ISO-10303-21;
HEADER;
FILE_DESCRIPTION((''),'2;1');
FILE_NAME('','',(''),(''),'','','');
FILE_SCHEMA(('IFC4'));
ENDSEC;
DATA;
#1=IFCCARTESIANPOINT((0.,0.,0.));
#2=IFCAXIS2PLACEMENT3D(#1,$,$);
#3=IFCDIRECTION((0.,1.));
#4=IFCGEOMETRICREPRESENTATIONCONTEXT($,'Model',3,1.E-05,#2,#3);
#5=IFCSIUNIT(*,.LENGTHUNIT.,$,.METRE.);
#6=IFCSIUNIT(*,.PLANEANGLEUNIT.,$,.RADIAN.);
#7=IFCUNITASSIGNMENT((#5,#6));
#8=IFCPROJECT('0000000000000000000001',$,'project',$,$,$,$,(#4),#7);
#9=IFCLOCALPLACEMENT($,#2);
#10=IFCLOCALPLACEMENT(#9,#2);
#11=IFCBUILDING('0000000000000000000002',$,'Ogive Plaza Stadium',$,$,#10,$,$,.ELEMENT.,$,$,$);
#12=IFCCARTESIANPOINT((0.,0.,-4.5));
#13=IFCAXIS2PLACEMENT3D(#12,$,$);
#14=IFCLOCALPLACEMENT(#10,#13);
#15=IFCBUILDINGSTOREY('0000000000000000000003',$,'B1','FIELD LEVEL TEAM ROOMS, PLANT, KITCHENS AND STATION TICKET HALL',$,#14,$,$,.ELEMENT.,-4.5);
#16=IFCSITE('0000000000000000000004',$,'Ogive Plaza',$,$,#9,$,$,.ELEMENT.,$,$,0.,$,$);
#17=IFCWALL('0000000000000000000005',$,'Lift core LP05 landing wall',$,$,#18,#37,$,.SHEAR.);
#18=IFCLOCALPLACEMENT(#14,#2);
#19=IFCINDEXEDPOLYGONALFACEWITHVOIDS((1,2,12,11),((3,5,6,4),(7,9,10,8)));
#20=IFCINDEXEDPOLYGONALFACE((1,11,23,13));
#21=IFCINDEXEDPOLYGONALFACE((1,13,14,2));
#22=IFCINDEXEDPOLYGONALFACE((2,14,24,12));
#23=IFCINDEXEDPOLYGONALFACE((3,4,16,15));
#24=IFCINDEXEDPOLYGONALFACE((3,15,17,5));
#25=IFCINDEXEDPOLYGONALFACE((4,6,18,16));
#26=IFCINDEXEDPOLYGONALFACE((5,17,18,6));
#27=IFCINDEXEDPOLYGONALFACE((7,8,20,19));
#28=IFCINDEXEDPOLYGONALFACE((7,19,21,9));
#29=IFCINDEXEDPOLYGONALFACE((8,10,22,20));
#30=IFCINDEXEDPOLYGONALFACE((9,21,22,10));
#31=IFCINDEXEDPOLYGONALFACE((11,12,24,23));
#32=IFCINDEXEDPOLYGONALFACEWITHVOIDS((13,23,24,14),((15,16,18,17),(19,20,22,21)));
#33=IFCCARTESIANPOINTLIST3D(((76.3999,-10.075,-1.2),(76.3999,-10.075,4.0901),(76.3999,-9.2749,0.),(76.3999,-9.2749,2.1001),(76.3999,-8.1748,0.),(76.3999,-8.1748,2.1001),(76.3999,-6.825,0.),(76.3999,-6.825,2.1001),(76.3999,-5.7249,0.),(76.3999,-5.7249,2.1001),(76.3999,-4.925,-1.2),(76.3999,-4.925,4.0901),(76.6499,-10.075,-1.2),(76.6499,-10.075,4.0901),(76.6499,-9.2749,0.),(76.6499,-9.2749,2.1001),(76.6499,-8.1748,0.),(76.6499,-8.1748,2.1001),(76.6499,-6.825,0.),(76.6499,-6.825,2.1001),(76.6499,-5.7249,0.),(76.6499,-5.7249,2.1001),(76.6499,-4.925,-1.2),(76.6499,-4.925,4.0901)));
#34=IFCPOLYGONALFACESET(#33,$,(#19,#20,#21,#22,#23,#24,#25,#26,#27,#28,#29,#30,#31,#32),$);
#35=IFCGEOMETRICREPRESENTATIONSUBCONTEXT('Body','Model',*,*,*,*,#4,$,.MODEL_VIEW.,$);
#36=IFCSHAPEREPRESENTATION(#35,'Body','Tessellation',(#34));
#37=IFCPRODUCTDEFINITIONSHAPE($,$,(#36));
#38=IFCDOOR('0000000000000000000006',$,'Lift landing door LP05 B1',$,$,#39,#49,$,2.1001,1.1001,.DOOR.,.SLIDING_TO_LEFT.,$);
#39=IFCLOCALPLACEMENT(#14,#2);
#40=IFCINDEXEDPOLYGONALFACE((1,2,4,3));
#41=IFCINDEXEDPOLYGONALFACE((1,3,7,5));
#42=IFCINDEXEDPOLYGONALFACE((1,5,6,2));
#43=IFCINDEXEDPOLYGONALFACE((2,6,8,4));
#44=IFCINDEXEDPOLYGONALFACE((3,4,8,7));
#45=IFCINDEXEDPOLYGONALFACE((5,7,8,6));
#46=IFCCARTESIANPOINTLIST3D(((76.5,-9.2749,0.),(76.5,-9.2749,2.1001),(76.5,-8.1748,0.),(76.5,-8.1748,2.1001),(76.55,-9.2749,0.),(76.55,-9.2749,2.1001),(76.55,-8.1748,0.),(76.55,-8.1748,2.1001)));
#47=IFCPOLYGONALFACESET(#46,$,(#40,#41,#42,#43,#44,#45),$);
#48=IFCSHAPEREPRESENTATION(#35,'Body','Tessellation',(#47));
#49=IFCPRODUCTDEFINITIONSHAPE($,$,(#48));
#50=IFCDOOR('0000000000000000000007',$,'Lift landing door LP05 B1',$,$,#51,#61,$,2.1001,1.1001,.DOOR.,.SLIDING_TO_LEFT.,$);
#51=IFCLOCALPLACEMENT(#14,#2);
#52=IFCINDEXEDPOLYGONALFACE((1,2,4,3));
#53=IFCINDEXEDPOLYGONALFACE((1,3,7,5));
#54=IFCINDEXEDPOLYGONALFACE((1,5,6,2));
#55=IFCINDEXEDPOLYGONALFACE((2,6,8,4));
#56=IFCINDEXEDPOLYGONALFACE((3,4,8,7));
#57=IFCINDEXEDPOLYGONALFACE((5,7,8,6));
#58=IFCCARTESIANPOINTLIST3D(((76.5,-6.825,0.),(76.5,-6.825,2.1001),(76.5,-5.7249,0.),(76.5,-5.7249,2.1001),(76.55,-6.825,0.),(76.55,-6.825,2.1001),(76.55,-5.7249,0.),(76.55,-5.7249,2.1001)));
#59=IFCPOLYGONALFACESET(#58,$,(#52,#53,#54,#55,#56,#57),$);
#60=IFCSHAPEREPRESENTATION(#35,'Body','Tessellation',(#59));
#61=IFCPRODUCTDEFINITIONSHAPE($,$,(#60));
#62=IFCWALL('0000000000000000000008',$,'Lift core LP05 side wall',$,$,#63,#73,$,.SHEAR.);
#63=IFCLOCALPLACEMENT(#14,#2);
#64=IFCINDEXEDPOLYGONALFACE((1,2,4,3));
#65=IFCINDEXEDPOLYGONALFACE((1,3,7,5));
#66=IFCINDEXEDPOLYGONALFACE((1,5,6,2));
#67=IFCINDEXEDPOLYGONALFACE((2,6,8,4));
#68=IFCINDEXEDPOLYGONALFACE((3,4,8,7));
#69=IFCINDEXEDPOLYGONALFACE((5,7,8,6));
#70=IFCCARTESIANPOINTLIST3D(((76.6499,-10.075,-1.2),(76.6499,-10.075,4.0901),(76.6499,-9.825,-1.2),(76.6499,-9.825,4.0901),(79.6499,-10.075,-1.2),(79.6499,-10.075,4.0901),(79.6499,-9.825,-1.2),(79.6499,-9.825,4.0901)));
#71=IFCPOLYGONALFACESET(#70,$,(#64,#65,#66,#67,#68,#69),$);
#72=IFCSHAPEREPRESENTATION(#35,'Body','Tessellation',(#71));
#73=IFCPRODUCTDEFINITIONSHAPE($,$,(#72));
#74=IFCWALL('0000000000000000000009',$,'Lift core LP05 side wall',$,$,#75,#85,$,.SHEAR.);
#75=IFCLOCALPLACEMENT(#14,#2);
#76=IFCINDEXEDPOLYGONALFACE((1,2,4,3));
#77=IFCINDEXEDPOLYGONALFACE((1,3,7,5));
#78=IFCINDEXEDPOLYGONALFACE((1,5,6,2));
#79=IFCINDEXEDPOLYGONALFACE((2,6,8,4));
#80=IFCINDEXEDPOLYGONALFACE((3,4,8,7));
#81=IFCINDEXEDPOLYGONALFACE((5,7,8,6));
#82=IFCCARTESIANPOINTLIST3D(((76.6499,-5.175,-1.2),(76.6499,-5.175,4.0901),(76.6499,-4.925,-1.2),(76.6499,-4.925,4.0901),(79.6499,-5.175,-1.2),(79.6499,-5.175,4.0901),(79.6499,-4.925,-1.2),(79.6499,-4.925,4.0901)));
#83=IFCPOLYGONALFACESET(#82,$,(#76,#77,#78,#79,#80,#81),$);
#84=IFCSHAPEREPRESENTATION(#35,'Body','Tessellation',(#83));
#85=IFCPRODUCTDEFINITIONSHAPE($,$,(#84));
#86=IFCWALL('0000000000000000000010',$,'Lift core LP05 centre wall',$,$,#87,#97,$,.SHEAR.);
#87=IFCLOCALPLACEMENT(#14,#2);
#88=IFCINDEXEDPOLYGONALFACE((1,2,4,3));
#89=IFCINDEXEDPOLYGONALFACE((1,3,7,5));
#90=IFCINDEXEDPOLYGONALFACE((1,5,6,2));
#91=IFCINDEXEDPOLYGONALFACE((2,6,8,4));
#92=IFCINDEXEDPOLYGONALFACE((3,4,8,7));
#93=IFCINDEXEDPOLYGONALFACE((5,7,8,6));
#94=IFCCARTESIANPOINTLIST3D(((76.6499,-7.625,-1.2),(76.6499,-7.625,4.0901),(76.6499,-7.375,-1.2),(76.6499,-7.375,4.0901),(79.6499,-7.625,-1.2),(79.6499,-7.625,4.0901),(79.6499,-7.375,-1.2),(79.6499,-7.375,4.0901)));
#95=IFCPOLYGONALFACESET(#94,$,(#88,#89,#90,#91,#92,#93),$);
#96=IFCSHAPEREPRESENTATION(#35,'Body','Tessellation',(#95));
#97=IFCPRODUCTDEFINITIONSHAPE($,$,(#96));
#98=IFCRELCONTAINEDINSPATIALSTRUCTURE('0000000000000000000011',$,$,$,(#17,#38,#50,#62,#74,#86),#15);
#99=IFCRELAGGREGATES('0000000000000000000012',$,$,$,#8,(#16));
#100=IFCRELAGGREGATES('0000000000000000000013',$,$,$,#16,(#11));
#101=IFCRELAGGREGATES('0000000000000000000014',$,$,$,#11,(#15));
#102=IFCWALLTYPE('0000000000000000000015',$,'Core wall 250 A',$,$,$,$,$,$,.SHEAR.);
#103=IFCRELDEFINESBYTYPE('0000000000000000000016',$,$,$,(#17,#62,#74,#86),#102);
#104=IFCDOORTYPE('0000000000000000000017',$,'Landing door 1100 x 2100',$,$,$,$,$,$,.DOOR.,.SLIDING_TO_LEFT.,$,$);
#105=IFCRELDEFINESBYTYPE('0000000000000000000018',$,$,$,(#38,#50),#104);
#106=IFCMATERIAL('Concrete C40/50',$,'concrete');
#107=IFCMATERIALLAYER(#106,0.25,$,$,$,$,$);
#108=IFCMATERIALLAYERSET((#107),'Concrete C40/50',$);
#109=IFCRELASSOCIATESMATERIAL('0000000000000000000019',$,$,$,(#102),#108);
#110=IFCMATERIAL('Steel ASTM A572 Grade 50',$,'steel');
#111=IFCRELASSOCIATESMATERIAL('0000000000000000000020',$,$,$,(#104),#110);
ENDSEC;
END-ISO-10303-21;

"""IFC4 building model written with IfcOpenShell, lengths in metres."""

from ifc_helpers import new_model, si_unit, direction, frame, frame_2d, origin, place, context, subcontext, project, spatial, rectangle, extrude, material, layer, layer_set, type_object, element, fill, save


model = new_model("IFC4")

# Units and contexts
model_context = context("Model", 3, precision=1e-05, world=origin(), true_north=direction((0.0, 1.0)))
body_context = subcontext(model_context, "Body", "Model", "MODEL_VIEW")
ifc_project = project(units=[si_unit("LENGTHUNIT", "METRE"), si_unit("PLANEANGLEUNIT", "RADIAN")], contexts=[model_context])

# Site, building, storey
site_placement = place(None, origin())
site = spatial("IfcSite", under=ifc_project, at=site_placement, Name="Ogive Plaza", CompositionType="ELEMENT", RefElevation=0.0)
building_placement = place(site_placement, origin())
building = spatial("IfcBuilding", under=site, at=building_placement, Name="Ogive Plaza Stadium", CompositionType="ELEMENT")
storey_placement = place(building_placement, frame((0.0, 0.0, -4.5)))
storey = spatial("IfcBuildingStorey", under=building, at=storey_placement, Name="B1", Description="FIELD LEVEL TEAM ROOMS, PLANT, KITCHENS AND STATION TICKET HALL", CompositionType="ELEMENT", Elevation=-4.5)

# Wall, openings, doors
ifc_material_1 = material(Name="Concrete C40/50", Category="concrete")
ifc_layer_1 = layer(ifc_material_1, 0.25)
ifc_layer_set_1 = layer_set([ifc_layer_1], Name="Concrete C40/50")
wall_type_1 = type_object("IfcWallType", Name="Core wall 250 A", PredefinedType="SHEAR", material=ifc_layer_set_1)
wall_1_placement = place(storey_placement, frame((76.5249, -10.075, -1.2), z_axis=(0.0, 0.0, 1.0), x_axis=(0.0, 1.0, 0.0)))
wall_1 = element("IfcWall", 1, at=wall_1_placement, inside=storey, type_object=wall_type_1, Name="Lift core LP05 landing wall", PredefinedType="SHEAR", context=body_context, shape_type="SweptSolid", body=[
    extrude(rectangle(XDim=5.1499, YDim=0.25, at=frame_2d((2.575, 0.0))), origin(), (0.0, 0.0, 1.0), 5.29),
])
opening_1_placement = place(wall_1_placement, frame((0.8, 0.0, 1.2)))
opening_1 = element("IfcOpeningElement", 2, at=opening_1_placement, cuts=wall_1, PredefinedType="OPENING", context=body_context, shape_type="SweptSolid", body=[
    extrude(rectangle(XDim=1.1001, YDim=2.1001, at=frame_2d((0.55, 1.05))), frame((0.0, 0.125, 0.0), z_axis=(0.0, -1.0, 0.0), x_axis=(1.0, 0.0, 0.0)), (0.0, 0.0, 1.0), 0.25),
])
opening_2_placement = place(wall_1_placement, frame((3.25, 0.0, 1.2)))
opening_2 = element("IfcOpeningElement", 3, at=opening_2_placement, cuts=wall_1, PredefinedType="OPENING", context=body_context, shape_type="SweptSolid", body=[
    extrude(rectangle(XDim=1.1001, YDim=2.1001, at=frame_2d((0.55, 1.05))), frame((0.0, 0.125, 0.0), z_axis=(0.0, -1.0, 0.0), x_axis=(1.0, 0.0, 0.0)), (0.0, 0.0, 1.0), 0.25),
])
ifc_material_2 = material(Name="Steel ASTM A572 Grade 50", Category="steel")
door_type = type_object("IfcDoorType", Name="Landing door 1100 x 2100", OperationType="SLIDING_TO_LEFT", PredefinedType="DOOR", material=ifc_material_2)
door_1_placement = place(opening_1_placement, origin())
door_1 = element("IfcDoor", 4, at=door_1_placement, inside=storey, type_object=door_type, Name="Lift landing door LP05 B1", OperationType="SLIDING_TO_LEFT", OverallHeight=2.1001, OverallWidth=1.1001, PredefinedType="DOOR", context=body_context, shape_type="SweptSolid", body=[
    extrude(rectangle(XDim=1.1001, YDim=2.1001, at=frame_2d((0.55, 1.05))), frame((0.0, 0.0249, 0.0), z_axis=(0.0, -1.0, 0.0), x_axis=(1.0, 0.0, 0.0)), (0.0, 0.0, 1.0), 0.05),
])
fill(opening_1, door_1)
door_2_placement = place(opening_2_placement, origin())
door_2 = element("IfcDoor", 5, at=door_2_placement, inside=storey, type_object=door_type, Name="Lift landing door LP05 B1", OperationType="SLIDING_TO_LEFT", OverallHeight=2.1001, OverallWidth=1.1001, PredefinedType="DOOR", context=body_context, shape_type="SweptSolid", body=[
    extrude(rectangle(XDim=1.1001, YDim=2.1001, at=frame_2d((0.55, 1.05))), frame((0.0, 0.0249, 0.0), z_axis=(0.0, -1.0, 0.0), x_axis=(1.0, 0.0, 0.0)), (0.0, 0.0, 1.0), 0.05),
])
fill(opening_2, door_2)

# Walls
for number, where, z_axis, x_axis, name in (
    (6, (76.6499, -9.95, -1.2), (0.0, 0.0, 1.0), (1.0, 0.0, 0.0), "Lift core LP05 side wall"),
    (7, (76.6499, -5.05, -1.2), (0.0, 0.0, 1.0), (1.0, 0.0, 0.0), "Lift core LP05 side wall"),
    (8, (76.6499, -7.5, -1.2), (0.0, 0.0, 1.0), (1.0, 0.0, 0.0), "Lift core LP05 centre wall"),
):
    element("IfcWall", number, at=place(storey_placement, frame(where, z_axis=z_axis, x_axis=x_axis)), inside=storey, type_object=wall_type_1, Name=name, PredefinedType="SHEAR", context=body_context, shape_type="SweptSolid", body=[
        extrude(rectangle(XDim=3.0, YDim=0.25, at=frame_2d((1.5, 0.0))), origin(), (0.0, 0.0, 1.0), 5.29),
    ])

save(model, "model.ifc")
